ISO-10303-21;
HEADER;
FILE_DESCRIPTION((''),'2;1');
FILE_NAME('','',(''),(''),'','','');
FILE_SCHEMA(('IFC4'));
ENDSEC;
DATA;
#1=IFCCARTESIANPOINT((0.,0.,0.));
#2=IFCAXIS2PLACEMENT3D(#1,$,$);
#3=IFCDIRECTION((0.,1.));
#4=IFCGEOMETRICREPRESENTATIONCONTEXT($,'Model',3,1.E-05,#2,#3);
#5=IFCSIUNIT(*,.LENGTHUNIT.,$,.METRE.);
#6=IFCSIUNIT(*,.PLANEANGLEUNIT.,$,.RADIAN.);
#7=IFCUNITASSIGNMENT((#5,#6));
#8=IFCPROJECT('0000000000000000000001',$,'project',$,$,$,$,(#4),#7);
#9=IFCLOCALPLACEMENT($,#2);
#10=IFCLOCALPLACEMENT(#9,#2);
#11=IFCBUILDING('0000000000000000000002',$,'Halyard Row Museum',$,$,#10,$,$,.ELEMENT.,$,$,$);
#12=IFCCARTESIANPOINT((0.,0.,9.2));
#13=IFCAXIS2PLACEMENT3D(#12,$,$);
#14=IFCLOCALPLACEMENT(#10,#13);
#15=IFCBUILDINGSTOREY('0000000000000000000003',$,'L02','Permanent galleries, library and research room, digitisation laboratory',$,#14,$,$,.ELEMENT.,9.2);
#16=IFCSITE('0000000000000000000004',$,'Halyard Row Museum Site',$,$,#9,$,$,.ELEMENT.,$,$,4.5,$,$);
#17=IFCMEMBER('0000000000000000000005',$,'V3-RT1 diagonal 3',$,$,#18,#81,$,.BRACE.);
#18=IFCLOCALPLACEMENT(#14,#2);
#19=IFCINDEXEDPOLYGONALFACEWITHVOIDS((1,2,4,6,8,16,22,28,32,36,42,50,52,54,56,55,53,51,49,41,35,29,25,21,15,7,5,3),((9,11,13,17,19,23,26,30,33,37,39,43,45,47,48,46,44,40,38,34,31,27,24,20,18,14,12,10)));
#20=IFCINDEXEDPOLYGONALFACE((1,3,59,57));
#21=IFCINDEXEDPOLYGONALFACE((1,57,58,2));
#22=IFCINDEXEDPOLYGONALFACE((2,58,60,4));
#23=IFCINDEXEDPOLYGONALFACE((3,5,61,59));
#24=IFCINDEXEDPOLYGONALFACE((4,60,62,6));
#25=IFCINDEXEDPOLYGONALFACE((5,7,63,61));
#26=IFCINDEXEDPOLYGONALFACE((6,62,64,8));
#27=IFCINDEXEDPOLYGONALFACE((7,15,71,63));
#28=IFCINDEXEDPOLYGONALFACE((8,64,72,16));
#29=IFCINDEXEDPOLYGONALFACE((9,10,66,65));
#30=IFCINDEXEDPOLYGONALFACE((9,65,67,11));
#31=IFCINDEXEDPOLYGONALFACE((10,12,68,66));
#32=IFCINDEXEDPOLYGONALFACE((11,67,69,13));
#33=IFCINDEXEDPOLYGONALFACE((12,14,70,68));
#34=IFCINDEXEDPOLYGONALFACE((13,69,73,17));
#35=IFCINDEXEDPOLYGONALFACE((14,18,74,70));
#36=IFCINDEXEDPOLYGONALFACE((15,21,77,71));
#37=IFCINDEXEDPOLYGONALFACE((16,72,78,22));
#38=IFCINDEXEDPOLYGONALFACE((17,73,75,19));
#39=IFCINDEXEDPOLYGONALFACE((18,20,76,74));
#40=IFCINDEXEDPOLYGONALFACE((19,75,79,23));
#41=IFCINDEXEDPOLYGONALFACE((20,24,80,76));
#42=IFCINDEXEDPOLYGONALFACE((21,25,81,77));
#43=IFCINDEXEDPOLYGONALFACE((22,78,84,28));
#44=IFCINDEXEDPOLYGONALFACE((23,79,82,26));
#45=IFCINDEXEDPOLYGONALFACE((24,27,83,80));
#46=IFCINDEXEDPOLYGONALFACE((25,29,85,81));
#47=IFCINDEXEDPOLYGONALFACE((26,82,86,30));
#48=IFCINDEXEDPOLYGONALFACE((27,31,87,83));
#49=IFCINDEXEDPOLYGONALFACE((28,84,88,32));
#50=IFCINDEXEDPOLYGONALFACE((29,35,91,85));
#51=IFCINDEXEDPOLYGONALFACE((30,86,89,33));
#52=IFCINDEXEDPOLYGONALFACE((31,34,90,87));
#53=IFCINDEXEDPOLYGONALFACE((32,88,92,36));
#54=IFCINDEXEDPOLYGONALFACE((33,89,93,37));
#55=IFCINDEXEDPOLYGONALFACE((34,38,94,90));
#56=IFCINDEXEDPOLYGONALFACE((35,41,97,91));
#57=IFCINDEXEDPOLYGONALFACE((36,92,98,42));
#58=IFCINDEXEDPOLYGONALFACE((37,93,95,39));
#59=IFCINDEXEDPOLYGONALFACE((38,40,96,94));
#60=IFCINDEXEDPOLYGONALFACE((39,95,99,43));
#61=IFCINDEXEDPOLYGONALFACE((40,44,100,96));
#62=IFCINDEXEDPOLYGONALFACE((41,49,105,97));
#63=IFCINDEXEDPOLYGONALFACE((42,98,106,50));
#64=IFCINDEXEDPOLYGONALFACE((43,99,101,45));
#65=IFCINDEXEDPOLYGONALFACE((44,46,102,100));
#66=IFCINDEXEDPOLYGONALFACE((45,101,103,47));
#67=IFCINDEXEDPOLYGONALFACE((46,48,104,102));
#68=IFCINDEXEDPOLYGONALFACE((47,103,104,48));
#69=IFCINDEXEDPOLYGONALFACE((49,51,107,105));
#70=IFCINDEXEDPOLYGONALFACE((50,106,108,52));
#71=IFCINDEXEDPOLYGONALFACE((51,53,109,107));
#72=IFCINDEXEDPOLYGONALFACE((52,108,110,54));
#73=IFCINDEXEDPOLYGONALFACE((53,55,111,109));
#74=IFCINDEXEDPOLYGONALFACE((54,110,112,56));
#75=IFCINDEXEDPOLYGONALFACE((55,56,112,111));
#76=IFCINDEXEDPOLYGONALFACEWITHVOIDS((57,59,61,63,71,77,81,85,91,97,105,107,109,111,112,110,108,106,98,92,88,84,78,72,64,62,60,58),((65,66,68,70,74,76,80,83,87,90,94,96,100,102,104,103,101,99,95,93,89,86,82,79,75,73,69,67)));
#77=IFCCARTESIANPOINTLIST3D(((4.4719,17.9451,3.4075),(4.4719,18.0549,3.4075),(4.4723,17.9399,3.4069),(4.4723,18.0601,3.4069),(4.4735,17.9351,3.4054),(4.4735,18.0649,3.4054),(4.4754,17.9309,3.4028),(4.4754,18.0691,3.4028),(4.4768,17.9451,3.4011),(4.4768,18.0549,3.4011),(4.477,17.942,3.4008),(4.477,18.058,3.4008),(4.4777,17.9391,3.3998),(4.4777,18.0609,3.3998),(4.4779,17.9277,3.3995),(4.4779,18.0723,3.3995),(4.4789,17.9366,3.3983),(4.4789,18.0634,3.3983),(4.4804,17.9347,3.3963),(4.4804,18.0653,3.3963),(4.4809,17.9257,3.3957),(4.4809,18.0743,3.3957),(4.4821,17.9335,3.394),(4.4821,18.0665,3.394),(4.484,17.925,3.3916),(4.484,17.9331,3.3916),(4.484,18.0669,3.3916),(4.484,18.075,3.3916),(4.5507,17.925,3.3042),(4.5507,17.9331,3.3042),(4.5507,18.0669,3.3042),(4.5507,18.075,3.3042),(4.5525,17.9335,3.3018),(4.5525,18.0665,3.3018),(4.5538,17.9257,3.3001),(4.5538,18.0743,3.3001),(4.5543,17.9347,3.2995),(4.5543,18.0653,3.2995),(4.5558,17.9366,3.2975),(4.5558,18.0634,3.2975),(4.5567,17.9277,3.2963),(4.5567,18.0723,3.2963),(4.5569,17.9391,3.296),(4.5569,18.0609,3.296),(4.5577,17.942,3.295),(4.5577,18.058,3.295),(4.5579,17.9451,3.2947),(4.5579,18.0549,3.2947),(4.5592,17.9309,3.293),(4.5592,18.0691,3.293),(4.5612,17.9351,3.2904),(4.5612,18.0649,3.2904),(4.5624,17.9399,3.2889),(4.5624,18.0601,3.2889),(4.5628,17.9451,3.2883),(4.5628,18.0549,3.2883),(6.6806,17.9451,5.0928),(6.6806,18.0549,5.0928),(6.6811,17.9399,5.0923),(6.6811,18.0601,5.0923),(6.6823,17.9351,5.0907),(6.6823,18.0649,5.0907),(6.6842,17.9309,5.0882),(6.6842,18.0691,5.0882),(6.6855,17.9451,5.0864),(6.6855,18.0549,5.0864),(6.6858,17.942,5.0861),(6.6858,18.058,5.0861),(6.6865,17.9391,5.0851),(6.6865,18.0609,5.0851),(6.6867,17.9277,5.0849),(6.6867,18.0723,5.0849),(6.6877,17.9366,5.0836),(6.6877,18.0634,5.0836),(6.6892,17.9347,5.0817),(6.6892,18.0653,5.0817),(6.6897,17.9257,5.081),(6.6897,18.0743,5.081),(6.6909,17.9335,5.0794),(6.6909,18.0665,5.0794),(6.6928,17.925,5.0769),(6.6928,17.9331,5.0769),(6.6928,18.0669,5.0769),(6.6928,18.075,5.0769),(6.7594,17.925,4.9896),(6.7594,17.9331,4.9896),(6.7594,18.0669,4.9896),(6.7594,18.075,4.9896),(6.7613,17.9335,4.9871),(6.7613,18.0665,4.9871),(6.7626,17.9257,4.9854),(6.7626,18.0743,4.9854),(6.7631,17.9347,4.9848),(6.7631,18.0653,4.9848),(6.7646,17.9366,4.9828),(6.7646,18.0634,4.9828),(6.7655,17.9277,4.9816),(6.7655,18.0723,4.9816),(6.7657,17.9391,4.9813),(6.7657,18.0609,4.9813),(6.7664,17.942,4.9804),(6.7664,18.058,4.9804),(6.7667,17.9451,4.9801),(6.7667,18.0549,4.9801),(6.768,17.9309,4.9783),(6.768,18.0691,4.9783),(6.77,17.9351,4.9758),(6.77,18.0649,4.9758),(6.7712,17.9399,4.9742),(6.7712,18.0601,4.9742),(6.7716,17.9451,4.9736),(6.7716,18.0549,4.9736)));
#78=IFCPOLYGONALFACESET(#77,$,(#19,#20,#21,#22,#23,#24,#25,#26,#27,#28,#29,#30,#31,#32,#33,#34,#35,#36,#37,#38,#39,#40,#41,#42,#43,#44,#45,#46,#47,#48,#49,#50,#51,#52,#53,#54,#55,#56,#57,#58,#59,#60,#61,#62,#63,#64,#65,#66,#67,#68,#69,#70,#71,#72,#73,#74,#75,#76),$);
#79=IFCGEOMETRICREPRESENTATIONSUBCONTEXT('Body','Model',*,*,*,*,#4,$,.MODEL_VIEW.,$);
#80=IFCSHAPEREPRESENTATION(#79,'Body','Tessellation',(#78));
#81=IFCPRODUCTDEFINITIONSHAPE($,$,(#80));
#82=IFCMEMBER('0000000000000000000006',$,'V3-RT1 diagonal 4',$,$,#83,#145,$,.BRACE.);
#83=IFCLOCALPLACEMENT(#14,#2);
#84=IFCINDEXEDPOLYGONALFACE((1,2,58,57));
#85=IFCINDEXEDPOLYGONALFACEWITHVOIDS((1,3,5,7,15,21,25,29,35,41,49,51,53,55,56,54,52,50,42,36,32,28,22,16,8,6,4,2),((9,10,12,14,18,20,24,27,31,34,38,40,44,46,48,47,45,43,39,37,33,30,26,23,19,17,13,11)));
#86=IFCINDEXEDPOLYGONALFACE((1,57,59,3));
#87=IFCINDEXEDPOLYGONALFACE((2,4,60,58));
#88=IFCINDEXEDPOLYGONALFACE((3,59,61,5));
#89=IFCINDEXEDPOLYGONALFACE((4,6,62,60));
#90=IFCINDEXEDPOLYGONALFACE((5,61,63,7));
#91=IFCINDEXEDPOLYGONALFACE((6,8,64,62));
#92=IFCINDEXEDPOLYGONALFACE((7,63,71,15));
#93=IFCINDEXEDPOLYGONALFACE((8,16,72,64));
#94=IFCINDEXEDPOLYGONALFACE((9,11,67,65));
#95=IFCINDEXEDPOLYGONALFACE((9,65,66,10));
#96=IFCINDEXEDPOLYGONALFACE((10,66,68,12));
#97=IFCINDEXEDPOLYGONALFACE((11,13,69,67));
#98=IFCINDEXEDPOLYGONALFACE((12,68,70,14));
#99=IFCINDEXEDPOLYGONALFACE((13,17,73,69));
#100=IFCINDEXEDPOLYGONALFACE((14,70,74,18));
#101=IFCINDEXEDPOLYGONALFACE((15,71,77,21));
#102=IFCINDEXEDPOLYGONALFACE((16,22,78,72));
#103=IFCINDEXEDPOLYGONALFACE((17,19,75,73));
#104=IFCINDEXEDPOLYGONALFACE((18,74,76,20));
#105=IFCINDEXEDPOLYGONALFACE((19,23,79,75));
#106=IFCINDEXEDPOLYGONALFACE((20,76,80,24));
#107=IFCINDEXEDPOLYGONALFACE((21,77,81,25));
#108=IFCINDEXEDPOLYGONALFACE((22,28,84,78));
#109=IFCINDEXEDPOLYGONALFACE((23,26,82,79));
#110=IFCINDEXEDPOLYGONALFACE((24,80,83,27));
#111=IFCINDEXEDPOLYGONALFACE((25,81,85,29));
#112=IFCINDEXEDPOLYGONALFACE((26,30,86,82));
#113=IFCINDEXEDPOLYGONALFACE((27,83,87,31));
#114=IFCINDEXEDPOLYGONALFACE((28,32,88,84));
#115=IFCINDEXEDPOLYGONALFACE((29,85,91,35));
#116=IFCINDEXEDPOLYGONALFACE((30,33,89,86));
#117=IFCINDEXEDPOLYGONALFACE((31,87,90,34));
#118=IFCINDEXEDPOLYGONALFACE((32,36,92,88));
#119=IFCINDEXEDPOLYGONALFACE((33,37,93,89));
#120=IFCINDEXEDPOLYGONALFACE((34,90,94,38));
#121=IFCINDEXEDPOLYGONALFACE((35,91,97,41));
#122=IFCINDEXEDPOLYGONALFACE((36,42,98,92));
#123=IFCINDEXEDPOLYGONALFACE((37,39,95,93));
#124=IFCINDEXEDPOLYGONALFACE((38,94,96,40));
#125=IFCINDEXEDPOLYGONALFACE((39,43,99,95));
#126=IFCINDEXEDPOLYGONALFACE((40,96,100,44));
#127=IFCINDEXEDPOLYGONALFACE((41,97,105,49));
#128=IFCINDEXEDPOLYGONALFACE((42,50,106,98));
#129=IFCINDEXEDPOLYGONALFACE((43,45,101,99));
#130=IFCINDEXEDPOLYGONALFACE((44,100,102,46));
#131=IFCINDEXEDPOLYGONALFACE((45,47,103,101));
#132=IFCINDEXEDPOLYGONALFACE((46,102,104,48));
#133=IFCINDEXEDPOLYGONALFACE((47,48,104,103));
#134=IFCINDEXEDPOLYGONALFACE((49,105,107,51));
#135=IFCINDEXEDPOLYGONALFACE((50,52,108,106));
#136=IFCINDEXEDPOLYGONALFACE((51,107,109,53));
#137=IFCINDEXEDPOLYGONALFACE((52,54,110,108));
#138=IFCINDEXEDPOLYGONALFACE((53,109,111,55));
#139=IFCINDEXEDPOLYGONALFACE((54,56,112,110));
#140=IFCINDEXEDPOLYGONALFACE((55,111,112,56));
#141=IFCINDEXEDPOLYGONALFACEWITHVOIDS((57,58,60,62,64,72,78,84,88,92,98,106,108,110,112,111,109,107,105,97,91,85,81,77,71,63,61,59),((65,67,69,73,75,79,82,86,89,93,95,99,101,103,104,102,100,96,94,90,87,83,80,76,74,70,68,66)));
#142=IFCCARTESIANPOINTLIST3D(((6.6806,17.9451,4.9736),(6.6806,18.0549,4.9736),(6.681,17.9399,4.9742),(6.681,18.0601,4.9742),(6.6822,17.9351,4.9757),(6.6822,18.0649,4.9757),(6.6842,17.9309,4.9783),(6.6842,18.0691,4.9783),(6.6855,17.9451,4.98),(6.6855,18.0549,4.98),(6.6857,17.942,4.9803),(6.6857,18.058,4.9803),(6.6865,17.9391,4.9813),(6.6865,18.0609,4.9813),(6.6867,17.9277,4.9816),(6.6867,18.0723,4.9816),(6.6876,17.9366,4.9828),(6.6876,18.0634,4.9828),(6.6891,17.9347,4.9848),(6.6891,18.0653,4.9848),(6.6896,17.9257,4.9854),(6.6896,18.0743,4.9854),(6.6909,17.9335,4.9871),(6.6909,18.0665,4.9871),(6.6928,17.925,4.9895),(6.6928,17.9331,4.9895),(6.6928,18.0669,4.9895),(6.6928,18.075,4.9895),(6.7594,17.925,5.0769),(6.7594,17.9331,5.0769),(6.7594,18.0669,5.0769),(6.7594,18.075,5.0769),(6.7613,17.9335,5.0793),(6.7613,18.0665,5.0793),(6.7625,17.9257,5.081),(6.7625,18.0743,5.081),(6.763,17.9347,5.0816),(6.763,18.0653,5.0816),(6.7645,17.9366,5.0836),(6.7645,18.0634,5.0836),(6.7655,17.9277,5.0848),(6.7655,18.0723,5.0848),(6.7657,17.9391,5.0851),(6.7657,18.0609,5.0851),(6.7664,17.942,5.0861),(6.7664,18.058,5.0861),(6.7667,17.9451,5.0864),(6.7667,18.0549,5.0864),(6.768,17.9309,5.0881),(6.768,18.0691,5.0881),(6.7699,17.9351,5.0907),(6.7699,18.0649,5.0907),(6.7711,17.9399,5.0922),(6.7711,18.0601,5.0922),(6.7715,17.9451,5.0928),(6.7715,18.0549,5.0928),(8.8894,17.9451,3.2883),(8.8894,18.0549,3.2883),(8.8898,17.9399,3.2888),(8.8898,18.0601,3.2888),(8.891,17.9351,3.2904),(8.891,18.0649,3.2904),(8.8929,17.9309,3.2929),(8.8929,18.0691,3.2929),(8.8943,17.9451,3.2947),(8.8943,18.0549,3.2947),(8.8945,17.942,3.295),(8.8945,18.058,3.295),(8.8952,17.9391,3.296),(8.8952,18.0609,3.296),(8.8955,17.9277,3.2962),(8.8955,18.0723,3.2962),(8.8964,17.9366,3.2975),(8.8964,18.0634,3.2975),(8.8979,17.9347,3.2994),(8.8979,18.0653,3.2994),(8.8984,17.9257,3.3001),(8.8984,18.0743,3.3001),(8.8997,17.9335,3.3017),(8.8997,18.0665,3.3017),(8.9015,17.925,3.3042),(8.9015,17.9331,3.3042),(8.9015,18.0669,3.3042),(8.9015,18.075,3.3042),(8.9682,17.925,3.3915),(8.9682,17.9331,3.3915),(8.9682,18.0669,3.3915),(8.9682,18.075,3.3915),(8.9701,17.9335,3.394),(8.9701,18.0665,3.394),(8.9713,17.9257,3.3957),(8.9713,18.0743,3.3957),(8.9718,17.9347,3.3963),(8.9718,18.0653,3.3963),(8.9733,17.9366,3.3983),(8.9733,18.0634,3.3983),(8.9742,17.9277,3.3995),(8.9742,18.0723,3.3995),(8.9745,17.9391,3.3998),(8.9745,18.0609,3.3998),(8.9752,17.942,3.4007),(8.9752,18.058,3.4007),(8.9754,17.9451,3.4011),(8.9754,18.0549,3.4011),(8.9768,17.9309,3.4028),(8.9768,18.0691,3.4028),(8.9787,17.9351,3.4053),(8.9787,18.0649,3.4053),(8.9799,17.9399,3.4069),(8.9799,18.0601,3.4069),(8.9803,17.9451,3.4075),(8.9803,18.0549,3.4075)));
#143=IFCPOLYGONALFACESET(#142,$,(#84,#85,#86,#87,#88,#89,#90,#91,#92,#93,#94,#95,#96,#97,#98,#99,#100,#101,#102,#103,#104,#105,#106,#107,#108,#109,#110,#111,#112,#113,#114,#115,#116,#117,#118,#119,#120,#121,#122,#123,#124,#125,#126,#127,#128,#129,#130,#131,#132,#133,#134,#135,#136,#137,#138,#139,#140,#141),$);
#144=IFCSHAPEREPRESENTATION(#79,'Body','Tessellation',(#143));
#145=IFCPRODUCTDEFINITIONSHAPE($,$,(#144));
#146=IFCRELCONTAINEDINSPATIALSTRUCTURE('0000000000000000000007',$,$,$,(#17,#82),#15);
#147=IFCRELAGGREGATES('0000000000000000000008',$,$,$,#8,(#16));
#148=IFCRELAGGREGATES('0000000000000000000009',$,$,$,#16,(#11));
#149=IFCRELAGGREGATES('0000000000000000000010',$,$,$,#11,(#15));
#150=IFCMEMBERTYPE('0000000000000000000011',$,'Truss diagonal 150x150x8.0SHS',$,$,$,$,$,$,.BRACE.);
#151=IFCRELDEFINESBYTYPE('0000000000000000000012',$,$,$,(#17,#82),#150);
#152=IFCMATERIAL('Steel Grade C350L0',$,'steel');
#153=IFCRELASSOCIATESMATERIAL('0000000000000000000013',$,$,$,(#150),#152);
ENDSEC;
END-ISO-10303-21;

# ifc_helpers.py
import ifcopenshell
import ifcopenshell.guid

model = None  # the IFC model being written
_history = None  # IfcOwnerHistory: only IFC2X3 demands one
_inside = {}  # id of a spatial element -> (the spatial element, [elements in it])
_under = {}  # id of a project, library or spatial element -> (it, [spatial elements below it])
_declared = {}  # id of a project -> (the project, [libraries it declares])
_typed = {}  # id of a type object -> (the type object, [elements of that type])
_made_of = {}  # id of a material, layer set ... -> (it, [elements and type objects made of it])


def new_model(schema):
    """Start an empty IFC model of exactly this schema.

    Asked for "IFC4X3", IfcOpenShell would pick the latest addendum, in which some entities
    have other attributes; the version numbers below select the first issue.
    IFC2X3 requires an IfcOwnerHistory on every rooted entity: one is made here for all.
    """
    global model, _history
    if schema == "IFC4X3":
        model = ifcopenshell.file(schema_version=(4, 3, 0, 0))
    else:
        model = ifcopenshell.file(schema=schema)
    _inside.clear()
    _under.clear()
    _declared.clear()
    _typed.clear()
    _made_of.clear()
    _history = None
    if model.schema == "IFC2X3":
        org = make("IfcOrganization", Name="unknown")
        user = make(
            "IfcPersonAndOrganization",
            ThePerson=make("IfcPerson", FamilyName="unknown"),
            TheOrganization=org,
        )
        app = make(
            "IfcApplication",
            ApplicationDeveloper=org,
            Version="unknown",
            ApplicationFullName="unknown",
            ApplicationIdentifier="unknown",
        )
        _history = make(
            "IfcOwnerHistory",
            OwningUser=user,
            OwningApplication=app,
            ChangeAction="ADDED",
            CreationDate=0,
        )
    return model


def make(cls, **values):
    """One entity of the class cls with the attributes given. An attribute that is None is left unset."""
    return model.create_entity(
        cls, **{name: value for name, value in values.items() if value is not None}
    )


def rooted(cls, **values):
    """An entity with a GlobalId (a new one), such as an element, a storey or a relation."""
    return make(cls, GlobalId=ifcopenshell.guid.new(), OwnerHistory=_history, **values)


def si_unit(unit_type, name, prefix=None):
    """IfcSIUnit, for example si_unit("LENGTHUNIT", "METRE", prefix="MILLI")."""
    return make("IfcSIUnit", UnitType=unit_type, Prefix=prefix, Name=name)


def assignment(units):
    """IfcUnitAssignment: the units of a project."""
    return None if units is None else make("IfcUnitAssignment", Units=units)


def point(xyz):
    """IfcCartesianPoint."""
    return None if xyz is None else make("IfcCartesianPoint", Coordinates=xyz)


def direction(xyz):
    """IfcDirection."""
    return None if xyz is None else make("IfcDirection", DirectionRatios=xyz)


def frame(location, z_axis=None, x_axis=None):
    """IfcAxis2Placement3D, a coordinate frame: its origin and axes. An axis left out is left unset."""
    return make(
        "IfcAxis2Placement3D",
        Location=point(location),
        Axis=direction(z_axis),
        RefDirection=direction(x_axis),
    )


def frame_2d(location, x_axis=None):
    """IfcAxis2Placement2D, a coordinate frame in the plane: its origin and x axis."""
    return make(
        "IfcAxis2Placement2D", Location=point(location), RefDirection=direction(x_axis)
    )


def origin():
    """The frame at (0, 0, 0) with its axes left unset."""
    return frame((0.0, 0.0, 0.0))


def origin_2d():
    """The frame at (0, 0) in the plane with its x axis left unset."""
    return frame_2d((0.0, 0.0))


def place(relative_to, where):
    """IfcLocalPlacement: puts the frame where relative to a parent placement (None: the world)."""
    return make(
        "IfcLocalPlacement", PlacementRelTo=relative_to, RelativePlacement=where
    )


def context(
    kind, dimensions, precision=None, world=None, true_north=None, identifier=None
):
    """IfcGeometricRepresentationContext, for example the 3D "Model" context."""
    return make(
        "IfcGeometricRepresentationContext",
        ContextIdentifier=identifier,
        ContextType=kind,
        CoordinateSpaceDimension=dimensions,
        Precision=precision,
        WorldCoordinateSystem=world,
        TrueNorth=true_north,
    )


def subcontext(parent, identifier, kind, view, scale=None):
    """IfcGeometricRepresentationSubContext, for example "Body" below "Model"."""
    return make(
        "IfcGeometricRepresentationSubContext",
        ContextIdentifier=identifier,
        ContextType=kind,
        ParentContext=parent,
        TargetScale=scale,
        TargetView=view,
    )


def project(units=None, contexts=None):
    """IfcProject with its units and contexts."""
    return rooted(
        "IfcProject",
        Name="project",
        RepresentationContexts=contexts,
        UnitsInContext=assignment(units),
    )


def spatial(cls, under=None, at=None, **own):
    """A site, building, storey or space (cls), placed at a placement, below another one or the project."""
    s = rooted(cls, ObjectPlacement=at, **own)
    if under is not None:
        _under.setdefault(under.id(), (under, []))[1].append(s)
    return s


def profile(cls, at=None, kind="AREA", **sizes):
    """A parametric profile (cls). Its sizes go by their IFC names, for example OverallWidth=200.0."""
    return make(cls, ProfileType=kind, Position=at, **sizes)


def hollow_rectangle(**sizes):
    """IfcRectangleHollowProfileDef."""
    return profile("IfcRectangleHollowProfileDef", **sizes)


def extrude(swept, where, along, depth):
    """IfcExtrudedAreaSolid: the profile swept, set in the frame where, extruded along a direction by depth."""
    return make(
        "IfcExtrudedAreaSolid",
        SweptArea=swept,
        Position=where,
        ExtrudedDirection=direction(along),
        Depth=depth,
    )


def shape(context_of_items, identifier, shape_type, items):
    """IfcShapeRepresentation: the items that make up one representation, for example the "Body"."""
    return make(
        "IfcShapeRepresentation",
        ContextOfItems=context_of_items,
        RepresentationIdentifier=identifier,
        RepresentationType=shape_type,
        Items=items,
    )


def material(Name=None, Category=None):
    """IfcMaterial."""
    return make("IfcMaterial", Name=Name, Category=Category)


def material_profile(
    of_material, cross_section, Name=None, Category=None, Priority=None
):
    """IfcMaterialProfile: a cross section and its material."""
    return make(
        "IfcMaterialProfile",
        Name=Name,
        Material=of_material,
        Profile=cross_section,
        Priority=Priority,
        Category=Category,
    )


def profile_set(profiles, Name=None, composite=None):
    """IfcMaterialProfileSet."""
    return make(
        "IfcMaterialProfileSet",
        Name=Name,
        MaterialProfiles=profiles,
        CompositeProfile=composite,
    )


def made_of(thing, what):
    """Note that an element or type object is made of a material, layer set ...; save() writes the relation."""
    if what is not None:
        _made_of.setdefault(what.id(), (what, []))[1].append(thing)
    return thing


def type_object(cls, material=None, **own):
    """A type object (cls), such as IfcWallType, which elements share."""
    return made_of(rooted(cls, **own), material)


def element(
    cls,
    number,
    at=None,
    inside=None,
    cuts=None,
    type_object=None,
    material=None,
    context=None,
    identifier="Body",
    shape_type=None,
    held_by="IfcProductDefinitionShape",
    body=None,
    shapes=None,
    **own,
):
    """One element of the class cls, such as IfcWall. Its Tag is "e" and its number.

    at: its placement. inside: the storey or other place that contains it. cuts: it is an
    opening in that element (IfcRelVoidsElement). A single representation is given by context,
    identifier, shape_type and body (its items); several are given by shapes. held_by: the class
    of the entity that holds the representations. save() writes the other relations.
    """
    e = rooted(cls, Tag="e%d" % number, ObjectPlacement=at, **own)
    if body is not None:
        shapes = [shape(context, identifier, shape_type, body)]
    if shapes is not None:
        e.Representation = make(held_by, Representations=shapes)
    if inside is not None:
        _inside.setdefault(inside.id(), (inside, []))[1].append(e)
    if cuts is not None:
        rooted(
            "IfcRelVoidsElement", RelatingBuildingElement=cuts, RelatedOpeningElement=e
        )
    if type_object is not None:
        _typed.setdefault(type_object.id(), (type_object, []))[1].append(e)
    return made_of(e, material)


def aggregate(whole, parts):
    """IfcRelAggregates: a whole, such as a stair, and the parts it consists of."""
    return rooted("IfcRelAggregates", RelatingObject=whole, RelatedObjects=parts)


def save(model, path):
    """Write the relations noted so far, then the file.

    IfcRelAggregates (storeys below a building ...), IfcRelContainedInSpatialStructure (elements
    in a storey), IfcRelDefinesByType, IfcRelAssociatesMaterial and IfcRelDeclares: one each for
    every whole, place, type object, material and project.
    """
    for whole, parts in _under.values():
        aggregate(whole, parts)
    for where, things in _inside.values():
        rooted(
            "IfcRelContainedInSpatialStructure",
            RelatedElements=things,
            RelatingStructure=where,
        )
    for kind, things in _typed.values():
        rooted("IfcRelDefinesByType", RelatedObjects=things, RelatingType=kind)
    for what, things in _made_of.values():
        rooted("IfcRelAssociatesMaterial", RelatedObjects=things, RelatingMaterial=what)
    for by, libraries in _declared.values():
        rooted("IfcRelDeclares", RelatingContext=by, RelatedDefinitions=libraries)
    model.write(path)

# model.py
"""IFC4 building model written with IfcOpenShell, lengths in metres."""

from ifc_helpers import new_model, si_unit, direction, frame, origin, origin_2d, place, context, subcontext, project, spatial, hollow_rectangle, extrude, material, material_profile, profile_set, type_object, element, save


model = new_model("IFC4")

# Units and contexts
model_context = context("Model", 3, precision=1e-05, world=origin(), true_north=direction((0.0, 1.0)))
body_context = subcontext(model_context, "Body", "Model", "MODEL_VIEW")
ifc_project = project(units=[si_unit("LENGTHUNIT", "METRE"), si_unit("PLANEANGLEUNIT", "RADIAN")], contexts=[model_context])

# Site, building, storey
site_placement = place(None, origin())
site = spatial("IfcSite", under=ifc_project, at=site_placement, Name="Halyard Row Museum Site", CompositionType="ELEMENT", RefElevation=4.5)
building_placement = place(site_placement, origin())
building = spatial("IfcBuilding", under=site, at=building_placement, Name="Halyard Row Museum", CompositionType="ELEMENT")
storey_placement = place(building_placement, frame((0.0, 0.0, 9.2)))
storey = spatial("IfcBuildingStorey", under=building, at=storey_placement, Name="L02", Description="Permanent galleries, library and research room, digitisation laboratory", CompositionType="ELEMENT", Elevation=9.2)

# Members
ifc_material_1 = material(Name="Steel Grade C350L0", Category="steel")
ifc_material_profile_1 = material_profile(ifc_material_1, hollow_rectangle(XDim=0.1499, YDim=0.1499, WallThickness=0.0081, InnerFilletRadius=0.012, OuterFilletRadius=0.02, at=origin_2d()), Name="150x150x8.0SHS")
ifc_profile_set_1 = profile_set([ifc_material_profile_1], Name="Steel Grade C350L0")
member_type_1 = type_object("IfcMemberType", Name="Truss diagonal 150x150x8.0SHS", PredefinedType="BRACE", material=ifc_profile_set_1)
for number, where, z_axis, x_axis, name in (
    (1, (4.5173, 18.0, 3.3479), (0.795006, 0.0, 0.606602), (0.0, 1.0, 0.0), "V3-RT1 diagonal 3"),
    (2, (6.7261, 18.0, 5.0332), (0.795006, 0.0, -0.606602), (0.0, 1.0, 0.0), "V3-RT1 diagonal 4"),
):
    element("IfcMember", number, at=place(storey_placement, frame(where, z_axis=z_axis, x_axis=x_axis)), inside=storey, type_object=member_type_1, Name=name, PredefinedType="BRACE", context=body_context, shape_type="SweptSolid", body=[
        extrude(hollow_rectangle(XDim=0.1499, YDim=0.1499, WallThickness=0.0081, InnerFilletRadius=0.012, OuterFilletRadius=0.02, at=origin_2d()), origin(), (0.0, 0.0, 1.0), 2.7783),
    ])

save(model, "model.ifc")
